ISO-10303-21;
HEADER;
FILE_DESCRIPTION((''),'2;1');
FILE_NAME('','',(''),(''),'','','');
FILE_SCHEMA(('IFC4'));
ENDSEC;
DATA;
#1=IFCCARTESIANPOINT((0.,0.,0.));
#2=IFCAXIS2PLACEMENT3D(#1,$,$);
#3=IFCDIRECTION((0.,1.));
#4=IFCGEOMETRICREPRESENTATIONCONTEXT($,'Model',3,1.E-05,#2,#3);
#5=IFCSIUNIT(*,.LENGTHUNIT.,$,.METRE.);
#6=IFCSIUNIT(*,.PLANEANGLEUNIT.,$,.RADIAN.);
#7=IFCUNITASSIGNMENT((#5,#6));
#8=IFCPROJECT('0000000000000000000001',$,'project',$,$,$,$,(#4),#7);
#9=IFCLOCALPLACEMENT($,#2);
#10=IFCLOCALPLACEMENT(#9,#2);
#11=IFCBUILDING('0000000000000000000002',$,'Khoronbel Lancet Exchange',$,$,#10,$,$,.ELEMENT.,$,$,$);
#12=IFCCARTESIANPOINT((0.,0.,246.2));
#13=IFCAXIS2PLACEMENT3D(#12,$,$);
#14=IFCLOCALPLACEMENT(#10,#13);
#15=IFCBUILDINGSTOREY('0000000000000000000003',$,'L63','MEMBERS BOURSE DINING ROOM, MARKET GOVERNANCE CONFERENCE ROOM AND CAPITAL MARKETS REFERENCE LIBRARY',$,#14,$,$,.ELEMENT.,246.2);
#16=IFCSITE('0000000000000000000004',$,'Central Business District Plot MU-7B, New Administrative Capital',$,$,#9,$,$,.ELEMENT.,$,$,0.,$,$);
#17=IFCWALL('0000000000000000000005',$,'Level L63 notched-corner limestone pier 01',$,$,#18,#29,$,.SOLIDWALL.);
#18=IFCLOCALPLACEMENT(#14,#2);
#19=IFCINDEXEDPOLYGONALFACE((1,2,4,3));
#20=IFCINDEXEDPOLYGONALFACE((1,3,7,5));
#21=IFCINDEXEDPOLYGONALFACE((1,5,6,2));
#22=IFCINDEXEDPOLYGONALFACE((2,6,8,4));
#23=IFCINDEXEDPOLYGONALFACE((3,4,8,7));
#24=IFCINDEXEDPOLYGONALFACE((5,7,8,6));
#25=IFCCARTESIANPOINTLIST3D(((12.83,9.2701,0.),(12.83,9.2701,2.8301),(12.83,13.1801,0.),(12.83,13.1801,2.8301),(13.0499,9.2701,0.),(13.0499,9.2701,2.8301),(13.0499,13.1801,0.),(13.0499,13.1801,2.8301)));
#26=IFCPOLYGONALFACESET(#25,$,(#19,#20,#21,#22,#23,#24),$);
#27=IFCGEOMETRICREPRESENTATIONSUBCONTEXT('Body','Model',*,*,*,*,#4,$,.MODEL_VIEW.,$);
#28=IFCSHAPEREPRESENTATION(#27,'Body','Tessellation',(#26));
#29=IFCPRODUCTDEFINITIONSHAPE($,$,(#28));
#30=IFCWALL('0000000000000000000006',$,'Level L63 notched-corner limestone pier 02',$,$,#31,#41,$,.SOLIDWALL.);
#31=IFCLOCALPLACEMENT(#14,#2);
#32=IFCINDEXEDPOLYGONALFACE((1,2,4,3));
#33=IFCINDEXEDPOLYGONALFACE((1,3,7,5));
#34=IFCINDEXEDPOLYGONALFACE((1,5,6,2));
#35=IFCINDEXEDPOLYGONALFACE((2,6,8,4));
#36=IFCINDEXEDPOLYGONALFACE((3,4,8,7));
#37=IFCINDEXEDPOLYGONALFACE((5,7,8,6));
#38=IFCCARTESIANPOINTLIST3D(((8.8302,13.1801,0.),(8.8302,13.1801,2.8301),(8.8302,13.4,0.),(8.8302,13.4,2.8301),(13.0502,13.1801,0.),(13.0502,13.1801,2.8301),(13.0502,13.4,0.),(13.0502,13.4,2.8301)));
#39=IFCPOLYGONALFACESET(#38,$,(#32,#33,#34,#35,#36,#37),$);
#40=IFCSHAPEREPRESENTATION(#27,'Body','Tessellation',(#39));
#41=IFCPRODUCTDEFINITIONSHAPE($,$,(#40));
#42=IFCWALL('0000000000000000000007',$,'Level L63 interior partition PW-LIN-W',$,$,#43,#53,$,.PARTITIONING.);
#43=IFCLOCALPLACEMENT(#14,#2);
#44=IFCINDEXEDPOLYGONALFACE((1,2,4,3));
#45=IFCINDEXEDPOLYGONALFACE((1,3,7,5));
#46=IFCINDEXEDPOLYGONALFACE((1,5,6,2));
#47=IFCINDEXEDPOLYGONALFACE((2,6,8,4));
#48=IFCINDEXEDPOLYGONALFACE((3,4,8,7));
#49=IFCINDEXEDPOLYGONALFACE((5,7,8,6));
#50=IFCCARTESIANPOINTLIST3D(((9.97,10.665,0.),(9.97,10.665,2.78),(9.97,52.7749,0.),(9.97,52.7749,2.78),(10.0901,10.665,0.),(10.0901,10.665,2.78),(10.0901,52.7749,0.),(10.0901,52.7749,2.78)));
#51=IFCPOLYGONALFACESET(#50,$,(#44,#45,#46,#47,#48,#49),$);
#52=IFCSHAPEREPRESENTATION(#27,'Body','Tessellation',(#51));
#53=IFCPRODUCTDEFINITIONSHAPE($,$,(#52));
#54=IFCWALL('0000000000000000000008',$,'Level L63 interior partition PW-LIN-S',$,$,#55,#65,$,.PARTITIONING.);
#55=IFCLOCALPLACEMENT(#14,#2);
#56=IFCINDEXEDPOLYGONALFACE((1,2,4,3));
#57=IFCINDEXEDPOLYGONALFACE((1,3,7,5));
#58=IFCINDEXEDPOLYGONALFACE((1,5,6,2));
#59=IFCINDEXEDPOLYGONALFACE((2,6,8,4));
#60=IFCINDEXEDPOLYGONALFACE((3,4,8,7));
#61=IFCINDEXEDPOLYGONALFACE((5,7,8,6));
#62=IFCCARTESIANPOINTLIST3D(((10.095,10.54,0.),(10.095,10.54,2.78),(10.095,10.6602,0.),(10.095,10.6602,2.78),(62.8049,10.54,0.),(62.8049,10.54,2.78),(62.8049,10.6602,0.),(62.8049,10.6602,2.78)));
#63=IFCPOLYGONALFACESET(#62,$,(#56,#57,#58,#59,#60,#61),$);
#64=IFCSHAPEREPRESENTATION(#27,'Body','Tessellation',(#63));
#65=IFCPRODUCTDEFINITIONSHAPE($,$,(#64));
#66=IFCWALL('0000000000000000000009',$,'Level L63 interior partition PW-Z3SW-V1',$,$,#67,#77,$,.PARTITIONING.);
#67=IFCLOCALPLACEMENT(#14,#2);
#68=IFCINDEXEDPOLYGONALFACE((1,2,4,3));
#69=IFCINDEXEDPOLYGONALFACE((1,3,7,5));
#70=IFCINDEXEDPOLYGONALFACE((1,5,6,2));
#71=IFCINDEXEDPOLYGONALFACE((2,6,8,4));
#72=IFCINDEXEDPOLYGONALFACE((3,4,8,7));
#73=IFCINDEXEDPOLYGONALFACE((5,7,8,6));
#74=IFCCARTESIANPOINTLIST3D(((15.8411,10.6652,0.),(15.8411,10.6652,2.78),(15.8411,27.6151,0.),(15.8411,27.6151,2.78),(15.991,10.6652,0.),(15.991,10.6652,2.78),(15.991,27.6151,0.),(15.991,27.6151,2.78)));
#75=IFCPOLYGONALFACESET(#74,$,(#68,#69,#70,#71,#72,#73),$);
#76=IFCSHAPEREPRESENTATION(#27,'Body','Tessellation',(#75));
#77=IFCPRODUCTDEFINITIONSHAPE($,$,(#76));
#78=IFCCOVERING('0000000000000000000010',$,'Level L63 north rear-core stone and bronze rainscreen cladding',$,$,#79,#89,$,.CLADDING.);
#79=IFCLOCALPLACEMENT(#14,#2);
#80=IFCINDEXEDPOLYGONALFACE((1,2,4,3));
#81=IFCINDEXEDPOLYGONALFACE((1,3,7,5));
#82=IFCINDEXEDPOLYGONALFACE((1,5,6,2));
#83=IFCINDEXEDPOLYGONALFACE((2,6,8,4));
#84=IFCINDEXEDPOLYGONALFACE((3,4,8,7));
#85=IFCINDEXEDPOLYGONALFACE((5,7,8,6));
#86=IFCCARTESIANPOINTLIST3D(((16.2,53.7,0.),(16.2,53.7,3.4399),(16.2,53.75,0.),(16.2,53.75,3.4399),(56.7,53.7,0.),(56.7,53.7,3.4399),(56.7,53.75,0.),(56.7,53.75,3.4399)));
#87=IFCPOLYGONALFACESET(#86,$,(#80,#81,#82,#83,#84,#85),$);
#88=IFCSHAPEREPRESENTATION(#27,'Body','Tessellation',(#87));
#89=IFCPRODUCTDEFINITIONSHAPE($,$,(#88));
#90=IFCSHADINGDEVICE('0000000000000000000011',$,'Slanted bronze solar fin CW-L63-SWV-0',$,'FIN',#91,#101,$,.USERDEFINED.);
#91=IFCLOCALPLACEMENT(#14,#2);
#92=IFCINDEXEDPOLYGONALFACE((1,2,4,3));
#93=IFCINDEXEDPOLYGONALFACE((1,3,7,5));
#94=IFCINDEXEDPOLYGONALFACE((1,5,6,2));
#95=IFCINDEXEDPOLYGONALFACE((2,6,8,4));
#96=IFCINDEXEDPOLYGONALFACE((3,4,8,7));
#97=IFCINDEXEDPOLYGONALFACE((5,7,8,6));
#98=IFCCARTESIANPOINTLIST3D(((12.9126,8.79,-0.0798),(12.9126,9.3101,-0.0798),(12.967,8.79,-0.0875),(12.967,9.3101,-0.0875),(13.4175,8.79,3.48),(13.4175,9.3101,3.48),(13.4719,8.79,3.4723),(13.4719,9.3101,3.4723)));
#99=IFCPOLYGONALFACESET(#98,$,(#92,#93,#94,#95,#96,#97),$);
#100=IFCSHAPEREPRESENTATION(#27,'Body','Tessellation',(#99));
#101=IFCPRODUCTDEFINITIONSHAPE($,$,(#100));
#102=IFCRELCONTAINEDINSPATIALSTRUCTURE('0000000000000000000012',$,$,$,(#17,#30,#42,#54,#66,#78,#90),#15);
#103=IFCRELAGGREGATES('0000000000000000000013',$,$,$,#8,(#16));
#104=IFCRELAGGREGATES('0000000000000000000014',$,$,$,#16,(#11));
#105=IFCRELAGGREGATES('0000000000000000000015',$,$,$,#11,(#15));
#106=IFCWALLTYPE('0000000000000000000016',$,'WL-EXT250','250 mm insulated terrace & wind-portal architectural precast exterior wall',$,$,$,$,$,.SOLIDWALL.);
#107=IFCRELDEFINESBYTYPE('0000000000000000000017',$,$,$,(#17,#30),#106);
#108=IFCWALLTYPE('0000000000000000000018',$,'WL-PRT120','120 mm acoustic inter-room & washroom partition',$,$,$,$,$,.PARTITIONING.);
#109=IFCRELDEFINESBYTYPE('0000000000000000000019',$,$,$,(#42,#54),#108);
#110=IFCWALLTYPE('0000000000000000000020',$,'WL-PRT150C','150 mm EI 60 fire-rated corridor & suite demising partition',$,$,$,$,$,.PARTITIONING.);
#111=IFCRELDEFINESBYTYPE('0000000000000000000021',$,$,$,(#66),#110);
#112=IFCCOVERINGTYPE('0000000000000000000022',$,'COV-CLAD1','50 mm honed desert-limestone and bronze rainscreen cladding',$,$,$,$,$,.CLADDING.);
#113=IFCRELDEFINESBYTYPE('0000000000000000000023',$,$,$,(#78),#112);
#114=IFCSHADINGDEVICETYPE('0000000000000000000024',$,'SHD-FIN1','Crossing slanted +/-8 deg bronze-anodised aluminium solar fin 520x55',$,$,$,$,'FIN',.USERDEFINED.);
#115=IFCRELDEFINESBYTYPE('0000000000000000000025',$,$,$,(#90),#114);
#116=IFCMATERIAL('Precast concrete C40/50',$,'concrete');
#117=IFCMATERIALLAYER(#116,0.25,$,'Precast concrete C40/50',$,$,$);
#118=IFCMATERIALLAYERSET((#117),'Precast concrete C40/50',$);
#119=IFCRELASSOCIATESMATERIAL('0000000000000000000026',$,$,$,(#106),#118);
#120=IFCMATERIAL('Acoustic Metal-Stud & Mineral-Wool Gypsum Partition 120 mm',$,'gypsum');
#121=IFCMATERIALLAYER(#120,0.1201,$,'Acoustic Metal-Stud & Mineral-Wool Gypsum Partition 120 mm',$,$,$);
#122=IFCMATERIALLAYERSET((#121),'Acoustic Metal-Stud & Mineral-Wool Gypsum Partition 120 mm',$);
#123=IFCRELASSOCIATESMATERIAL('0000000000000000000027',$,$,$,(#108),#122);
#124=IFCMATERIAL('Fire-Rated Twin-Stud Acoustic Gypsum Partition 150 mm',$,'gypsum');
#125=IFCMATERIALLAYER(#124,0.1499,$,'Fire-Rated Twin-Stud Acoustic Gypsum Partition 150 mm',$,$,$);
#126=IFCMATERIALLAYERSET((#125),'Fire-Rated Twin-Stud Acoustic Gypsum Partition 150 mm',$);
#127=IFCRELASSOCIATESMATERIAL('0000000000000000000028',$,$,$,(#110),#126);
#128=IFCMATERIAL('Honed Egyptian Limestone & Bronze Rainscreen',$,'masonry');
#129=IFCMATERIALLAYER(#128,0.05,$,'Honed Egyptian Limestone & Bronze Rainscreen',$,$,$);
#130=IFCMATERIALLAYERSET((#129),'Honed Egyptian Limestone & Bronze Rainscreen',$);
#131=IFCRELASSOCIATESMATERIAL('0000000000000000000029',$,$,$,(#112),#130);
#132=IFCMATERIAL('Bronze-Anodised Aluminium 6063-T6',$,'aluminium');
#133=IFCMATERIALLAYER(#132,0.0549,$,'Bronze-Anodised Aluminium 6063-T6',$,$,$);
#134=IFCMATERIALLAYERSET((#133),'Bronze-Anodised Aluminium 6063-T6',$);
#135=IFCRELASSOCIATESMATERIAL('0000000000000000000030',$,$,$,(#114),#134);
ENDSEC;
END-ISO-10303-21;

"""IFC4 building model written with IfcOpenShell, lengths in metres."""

from ifc_helpers import new_model, si_unit, direction, frame, frame_2d, origin, place, context, subcontext, project, spatial, polyline, rectangle, outline, extrude, material, layer, layer_set, type_object, element, save


model = new_model("IFC4")

# Units and contexts
model_context = context("Model", 3, precision=1e-05, world=origin(), true_north=direction((0.0, 1.0)))
body_context = subcontext(model_context, "Body", "Model", "MODEL_VIEW")
ifc_project = project(units=[si_unit("LENGTHUNIT", "METRE"), si_unit("PLANEANGLEUNIT", "RADIAN")], contexts=[model_context])

# Site, building, storey
site_placement = place(None, origin())
site = spatial("IfcSite", under=ifc_project, at=site_placement, Name="Central Business District Plot MU-7B, New Administrative Capital", CompositionType="ELEMENT", RefElevation=0.0)
building_placement = place(site_placement, origin())
building = spatial("IfcBuilding", under=site, at=building_placement, Name="Khoronbel Lancet Exchange", CompositionType="ELEMENT")
storey_placement = place(building_placement, frame((0.0, 0.0, 246.2)))
storey = spatial("IfcBuildingStorey", under=building, at=storey_placement, Name="L63", Description="MEMBERS BOURSE DINING ROOM, MARKET GOVERNANCE CONFERENCE ROOM AND CAPITAL MARKETS REFERENCE LIBRARY", CompositionType="ELEMENT", Elevation=246.2)

# Shared definitions
ifc_material_1 = material(Name="Bronze-Anodised Aluminium 6063-T6", Category="aluminium")

# Walls
ifc_material_2 = material(Name="Precast concrete C40/50", Category="concrete")
ifc_layer_1 = layer(ifc_material_2, 0.25, Name="Precast concrete C40/50")
ifc_layer_set_1 = layer_set([ifc_layer_1], Name="Precast concrete C40/50")
wall_type_1 = type_object("IfcWallType", Name="WL-EXT250", Description="250 mm insulated terrace & wind-portal architectural precast exterior wall", PredefinedType="SOLIDWALL", material=ifc_layer_set_1)
wall_1_placement = place(storey_placement, frame((12.9399, 9.27, 0.0), z_axis=(0.0, 0.0, 1.0), x_axis=(0.0, 1.0, 0.0)))
element("IfcWall", 1, at=wall_1_placement, inside=storey, type_object=wall_type_1, Name="Level L63 notched-corner limestone pier 01", PredefinedType="SOLIDWALL", context=body_context, shape_type="SweptSolid", body=[
    extrude(rectangle(XDim=3.9099, YDim=0.22, at=frame_2d((1.9551, 0.0))), origin(), (0.0, 0.0, 1.0), 2.8301),
])
wall_2_placement = place(storey_placement, frame((13.05, 13.29, 0.0), z_axis=(0.0, 0.0, 1.0), x_axis=(-1.0, 0.0, 0.0)))
element("IfcWall", 2, at=wall_2_placement, inside=storey, type_object=wall_type_1, Name="Level L63 notched-corner limestone pier 02", PredefinedType="SOLIDWALL", context=body_context, shape_type="SweptSolid", body=[
    extrude(rectangle(XDim=4.22, YDim=0.22, at=frame_2d((2.1099, 0.0))), origin(), (0.0, 0.0, 1.0), 2.8301),
])
ifc_material_3 = material(Name="Acoustic Metal-Stud & Mineral-Wool Gypsum Partition 120 mm", Category="gypsum")
ifc_layer_2 = layer(ifc_material_3, 0.1201, Name="Acoustic Metal-Stud & Mineral-Wool Gypsum Partition 120 mm")
ifc_layer_set_2 = layer_set([ifc_layer_2], Name="Acoustic Metal-Stud & Mineral-Wool Gypsum Partition 120 mm")
wall_type_2 = type_object("IfcWallType", Name="WL-PRT120", Description="120 mm acoustic inter-room & washroom partition", PredefinedType="PARTITIONING", material=ifc_layer_set_2)
wall_3_placement = place(storey_placement, frame((10.03, 10.665, 0.0), z_axis=(0.0, 0.0, 1.0), x_axis=(0.0, 1.0, 0.0)))
element("IfcWall", 3, at=wall_3_placement, inside=storey, type_object=wall_type_2, Name="Level L63 interior partition PW-LIN-W", PredefinedType="PARTITIONING", context=body_context, shape_type="SweptSolid", body=[
    extrude(rectangle(XDim=42.1099, YDim=0.1201, at=frame_2d((21.0549, 0.0))), origin(), (0.0, 0.0, 1.0), 2.78),
])
wall_4_placement = place(storey_placement, frame((10.095, 10.6001, 0.0), z_axis=(0.0, 0.0, 1.0), x_axis=(1.0, 0.0, 0.0)))
element("IfcWall", 4, at=wall_4_placement, inside=storey, type_object=wall_type_2, Name="Level L63 interior partition PW-LIN-S", PredefinedType="PARTITIONING", context=body_context, shape_type="SweptSolid", body=[
    extrude(rectangle(XDim=52.71, YDim=0.1201, at=frame_2d((26.355, 0.0))), origin(), (0.0, 0.0, 1.0), 2.78),
])
ifc_material_4 = material(Name="Fire-Rated Twin-Stud Acoustic Gypsum Partition 150 mm", Category="gypsum")
ifc_layer_3 = layer(ifc_material_4, 0.1499, Name="Fire-Rated Twin-Stud Acoustic Gypsum Partition 150 mm")
ifc_layer_set_3 = layer_set([ifc_layer_3], Name="Fire-Rated Twin-Stud Acoustic Gypsum Partition 150 mm")
wall_type_3 = type_object("IfcWallType", Name="WL-PRT150C", Description="150 mm EI 60 fire-rated corridor & suite demising partition", PredefinedType="PARTITIONING", material=ifc_layer_set_3)
wall_5_placement = place(storey_placement, frame((15.916, 10.665, 0.0), z_axis=(0.0, 0.0, 1.0), x_axis=(0.0, 1.0, 0.0)))
element("IfcWall", 5, at=wall_5_placement, inside=storey, type_object=wall_type_3, Name="Level L63 interior partition PW-Z3SW-V1", PredefinedType="PARTITIONING", context=body_context, shape_type="SweptSolid", body=[
    extrude(rectangle(XDim=16.95, YDim=0.1499, at=frame_2d((8.4751, 0.0))), origin(), (0.0, 0.0, 1.0), 2.78),
])

# Covering
ifc_material_5 = material(Name="Honed Egyptian Limestone & Bronze Rainscreen", Category="masonry")
ifc_layer_4 = layer(ifc_material_5, 0.05, Name="Honed Egyptian Limestone & Bronze Rainscreen")
ifc_layer_set_4 = layer_set([ifc_layer_4], Name="Honed Egyptian Limestone & Bronze Rainscreen")
covering_type = type_object("IfcCoveringType", Name="COV-CLAD1", Description="50 mm honed desert-limestone and bronze rainscreen cladding", PredefinedType="CLADDING", material=ifc_layer_set_4)
covering_placement = place(storey_placement, origin())
element("IfcCovering", 6, at=covering_placement, inside=storey, type_object=covering_type, Name="Level L63 north rear-core stone and bronze rainscreen cladding", PredefinedType="CLADDING", context=body_context, shape_type="SweptSolid", body=[
    extrude(outline(polyline([(16.2, 53.7), (56.7, 53.7), (56.7, 53.75), (16.2, 53.75), (16.2, 53.7)])), origin(), (0.0, 0.0, 1.0), 3.4399),
])

# Shading device
ifc_layer_5 = layer(ifc_material_1, 0.0549, Name="Bronze-Anodised Aluminium 6063-T6")
ifc_layer_set_5 = layer_set([ifc_layer_5], Name="Bronze-Anodised Aluminium 6063-T6")
shading_device_type = type_object("IfcShadingDeviceType", Name="SHD-FIN1", Description="Crossing slanted +/-8 deg bronze-anodised aluminium solar fin 520x55", ElementType="FIN", PredefinedType="USERDEFINED", material=ifc_layer_set_5)
shading_device_placement = place(storey_placement, frame((12.9126, 9.3101, -0.0798), z_axis=(-0.990092, 0.0, 0.140423), x_axis=(0.0, -1.0, 0.0)))
element("IfcShadingDevice", 7, at=shading_device_placement, inside=storey, type_object=shading_device_type, Name="Slanted bronze solar fin CW-L63-SWV-0", ObjectType="FIN", PredefinedType="USERDEFINED", context=body_context, shape_type="SweptSolid", body=[
    extrude(outline(polyline([(0.0, 0.0), (0.52, 0.0), (0.52, 3.5955), (0.0, 3.5955), (0.0, 0.0)])), origin(), (0.0, 0.0, -1.0), 0.0549),
])

save(model, "model.ifc")
